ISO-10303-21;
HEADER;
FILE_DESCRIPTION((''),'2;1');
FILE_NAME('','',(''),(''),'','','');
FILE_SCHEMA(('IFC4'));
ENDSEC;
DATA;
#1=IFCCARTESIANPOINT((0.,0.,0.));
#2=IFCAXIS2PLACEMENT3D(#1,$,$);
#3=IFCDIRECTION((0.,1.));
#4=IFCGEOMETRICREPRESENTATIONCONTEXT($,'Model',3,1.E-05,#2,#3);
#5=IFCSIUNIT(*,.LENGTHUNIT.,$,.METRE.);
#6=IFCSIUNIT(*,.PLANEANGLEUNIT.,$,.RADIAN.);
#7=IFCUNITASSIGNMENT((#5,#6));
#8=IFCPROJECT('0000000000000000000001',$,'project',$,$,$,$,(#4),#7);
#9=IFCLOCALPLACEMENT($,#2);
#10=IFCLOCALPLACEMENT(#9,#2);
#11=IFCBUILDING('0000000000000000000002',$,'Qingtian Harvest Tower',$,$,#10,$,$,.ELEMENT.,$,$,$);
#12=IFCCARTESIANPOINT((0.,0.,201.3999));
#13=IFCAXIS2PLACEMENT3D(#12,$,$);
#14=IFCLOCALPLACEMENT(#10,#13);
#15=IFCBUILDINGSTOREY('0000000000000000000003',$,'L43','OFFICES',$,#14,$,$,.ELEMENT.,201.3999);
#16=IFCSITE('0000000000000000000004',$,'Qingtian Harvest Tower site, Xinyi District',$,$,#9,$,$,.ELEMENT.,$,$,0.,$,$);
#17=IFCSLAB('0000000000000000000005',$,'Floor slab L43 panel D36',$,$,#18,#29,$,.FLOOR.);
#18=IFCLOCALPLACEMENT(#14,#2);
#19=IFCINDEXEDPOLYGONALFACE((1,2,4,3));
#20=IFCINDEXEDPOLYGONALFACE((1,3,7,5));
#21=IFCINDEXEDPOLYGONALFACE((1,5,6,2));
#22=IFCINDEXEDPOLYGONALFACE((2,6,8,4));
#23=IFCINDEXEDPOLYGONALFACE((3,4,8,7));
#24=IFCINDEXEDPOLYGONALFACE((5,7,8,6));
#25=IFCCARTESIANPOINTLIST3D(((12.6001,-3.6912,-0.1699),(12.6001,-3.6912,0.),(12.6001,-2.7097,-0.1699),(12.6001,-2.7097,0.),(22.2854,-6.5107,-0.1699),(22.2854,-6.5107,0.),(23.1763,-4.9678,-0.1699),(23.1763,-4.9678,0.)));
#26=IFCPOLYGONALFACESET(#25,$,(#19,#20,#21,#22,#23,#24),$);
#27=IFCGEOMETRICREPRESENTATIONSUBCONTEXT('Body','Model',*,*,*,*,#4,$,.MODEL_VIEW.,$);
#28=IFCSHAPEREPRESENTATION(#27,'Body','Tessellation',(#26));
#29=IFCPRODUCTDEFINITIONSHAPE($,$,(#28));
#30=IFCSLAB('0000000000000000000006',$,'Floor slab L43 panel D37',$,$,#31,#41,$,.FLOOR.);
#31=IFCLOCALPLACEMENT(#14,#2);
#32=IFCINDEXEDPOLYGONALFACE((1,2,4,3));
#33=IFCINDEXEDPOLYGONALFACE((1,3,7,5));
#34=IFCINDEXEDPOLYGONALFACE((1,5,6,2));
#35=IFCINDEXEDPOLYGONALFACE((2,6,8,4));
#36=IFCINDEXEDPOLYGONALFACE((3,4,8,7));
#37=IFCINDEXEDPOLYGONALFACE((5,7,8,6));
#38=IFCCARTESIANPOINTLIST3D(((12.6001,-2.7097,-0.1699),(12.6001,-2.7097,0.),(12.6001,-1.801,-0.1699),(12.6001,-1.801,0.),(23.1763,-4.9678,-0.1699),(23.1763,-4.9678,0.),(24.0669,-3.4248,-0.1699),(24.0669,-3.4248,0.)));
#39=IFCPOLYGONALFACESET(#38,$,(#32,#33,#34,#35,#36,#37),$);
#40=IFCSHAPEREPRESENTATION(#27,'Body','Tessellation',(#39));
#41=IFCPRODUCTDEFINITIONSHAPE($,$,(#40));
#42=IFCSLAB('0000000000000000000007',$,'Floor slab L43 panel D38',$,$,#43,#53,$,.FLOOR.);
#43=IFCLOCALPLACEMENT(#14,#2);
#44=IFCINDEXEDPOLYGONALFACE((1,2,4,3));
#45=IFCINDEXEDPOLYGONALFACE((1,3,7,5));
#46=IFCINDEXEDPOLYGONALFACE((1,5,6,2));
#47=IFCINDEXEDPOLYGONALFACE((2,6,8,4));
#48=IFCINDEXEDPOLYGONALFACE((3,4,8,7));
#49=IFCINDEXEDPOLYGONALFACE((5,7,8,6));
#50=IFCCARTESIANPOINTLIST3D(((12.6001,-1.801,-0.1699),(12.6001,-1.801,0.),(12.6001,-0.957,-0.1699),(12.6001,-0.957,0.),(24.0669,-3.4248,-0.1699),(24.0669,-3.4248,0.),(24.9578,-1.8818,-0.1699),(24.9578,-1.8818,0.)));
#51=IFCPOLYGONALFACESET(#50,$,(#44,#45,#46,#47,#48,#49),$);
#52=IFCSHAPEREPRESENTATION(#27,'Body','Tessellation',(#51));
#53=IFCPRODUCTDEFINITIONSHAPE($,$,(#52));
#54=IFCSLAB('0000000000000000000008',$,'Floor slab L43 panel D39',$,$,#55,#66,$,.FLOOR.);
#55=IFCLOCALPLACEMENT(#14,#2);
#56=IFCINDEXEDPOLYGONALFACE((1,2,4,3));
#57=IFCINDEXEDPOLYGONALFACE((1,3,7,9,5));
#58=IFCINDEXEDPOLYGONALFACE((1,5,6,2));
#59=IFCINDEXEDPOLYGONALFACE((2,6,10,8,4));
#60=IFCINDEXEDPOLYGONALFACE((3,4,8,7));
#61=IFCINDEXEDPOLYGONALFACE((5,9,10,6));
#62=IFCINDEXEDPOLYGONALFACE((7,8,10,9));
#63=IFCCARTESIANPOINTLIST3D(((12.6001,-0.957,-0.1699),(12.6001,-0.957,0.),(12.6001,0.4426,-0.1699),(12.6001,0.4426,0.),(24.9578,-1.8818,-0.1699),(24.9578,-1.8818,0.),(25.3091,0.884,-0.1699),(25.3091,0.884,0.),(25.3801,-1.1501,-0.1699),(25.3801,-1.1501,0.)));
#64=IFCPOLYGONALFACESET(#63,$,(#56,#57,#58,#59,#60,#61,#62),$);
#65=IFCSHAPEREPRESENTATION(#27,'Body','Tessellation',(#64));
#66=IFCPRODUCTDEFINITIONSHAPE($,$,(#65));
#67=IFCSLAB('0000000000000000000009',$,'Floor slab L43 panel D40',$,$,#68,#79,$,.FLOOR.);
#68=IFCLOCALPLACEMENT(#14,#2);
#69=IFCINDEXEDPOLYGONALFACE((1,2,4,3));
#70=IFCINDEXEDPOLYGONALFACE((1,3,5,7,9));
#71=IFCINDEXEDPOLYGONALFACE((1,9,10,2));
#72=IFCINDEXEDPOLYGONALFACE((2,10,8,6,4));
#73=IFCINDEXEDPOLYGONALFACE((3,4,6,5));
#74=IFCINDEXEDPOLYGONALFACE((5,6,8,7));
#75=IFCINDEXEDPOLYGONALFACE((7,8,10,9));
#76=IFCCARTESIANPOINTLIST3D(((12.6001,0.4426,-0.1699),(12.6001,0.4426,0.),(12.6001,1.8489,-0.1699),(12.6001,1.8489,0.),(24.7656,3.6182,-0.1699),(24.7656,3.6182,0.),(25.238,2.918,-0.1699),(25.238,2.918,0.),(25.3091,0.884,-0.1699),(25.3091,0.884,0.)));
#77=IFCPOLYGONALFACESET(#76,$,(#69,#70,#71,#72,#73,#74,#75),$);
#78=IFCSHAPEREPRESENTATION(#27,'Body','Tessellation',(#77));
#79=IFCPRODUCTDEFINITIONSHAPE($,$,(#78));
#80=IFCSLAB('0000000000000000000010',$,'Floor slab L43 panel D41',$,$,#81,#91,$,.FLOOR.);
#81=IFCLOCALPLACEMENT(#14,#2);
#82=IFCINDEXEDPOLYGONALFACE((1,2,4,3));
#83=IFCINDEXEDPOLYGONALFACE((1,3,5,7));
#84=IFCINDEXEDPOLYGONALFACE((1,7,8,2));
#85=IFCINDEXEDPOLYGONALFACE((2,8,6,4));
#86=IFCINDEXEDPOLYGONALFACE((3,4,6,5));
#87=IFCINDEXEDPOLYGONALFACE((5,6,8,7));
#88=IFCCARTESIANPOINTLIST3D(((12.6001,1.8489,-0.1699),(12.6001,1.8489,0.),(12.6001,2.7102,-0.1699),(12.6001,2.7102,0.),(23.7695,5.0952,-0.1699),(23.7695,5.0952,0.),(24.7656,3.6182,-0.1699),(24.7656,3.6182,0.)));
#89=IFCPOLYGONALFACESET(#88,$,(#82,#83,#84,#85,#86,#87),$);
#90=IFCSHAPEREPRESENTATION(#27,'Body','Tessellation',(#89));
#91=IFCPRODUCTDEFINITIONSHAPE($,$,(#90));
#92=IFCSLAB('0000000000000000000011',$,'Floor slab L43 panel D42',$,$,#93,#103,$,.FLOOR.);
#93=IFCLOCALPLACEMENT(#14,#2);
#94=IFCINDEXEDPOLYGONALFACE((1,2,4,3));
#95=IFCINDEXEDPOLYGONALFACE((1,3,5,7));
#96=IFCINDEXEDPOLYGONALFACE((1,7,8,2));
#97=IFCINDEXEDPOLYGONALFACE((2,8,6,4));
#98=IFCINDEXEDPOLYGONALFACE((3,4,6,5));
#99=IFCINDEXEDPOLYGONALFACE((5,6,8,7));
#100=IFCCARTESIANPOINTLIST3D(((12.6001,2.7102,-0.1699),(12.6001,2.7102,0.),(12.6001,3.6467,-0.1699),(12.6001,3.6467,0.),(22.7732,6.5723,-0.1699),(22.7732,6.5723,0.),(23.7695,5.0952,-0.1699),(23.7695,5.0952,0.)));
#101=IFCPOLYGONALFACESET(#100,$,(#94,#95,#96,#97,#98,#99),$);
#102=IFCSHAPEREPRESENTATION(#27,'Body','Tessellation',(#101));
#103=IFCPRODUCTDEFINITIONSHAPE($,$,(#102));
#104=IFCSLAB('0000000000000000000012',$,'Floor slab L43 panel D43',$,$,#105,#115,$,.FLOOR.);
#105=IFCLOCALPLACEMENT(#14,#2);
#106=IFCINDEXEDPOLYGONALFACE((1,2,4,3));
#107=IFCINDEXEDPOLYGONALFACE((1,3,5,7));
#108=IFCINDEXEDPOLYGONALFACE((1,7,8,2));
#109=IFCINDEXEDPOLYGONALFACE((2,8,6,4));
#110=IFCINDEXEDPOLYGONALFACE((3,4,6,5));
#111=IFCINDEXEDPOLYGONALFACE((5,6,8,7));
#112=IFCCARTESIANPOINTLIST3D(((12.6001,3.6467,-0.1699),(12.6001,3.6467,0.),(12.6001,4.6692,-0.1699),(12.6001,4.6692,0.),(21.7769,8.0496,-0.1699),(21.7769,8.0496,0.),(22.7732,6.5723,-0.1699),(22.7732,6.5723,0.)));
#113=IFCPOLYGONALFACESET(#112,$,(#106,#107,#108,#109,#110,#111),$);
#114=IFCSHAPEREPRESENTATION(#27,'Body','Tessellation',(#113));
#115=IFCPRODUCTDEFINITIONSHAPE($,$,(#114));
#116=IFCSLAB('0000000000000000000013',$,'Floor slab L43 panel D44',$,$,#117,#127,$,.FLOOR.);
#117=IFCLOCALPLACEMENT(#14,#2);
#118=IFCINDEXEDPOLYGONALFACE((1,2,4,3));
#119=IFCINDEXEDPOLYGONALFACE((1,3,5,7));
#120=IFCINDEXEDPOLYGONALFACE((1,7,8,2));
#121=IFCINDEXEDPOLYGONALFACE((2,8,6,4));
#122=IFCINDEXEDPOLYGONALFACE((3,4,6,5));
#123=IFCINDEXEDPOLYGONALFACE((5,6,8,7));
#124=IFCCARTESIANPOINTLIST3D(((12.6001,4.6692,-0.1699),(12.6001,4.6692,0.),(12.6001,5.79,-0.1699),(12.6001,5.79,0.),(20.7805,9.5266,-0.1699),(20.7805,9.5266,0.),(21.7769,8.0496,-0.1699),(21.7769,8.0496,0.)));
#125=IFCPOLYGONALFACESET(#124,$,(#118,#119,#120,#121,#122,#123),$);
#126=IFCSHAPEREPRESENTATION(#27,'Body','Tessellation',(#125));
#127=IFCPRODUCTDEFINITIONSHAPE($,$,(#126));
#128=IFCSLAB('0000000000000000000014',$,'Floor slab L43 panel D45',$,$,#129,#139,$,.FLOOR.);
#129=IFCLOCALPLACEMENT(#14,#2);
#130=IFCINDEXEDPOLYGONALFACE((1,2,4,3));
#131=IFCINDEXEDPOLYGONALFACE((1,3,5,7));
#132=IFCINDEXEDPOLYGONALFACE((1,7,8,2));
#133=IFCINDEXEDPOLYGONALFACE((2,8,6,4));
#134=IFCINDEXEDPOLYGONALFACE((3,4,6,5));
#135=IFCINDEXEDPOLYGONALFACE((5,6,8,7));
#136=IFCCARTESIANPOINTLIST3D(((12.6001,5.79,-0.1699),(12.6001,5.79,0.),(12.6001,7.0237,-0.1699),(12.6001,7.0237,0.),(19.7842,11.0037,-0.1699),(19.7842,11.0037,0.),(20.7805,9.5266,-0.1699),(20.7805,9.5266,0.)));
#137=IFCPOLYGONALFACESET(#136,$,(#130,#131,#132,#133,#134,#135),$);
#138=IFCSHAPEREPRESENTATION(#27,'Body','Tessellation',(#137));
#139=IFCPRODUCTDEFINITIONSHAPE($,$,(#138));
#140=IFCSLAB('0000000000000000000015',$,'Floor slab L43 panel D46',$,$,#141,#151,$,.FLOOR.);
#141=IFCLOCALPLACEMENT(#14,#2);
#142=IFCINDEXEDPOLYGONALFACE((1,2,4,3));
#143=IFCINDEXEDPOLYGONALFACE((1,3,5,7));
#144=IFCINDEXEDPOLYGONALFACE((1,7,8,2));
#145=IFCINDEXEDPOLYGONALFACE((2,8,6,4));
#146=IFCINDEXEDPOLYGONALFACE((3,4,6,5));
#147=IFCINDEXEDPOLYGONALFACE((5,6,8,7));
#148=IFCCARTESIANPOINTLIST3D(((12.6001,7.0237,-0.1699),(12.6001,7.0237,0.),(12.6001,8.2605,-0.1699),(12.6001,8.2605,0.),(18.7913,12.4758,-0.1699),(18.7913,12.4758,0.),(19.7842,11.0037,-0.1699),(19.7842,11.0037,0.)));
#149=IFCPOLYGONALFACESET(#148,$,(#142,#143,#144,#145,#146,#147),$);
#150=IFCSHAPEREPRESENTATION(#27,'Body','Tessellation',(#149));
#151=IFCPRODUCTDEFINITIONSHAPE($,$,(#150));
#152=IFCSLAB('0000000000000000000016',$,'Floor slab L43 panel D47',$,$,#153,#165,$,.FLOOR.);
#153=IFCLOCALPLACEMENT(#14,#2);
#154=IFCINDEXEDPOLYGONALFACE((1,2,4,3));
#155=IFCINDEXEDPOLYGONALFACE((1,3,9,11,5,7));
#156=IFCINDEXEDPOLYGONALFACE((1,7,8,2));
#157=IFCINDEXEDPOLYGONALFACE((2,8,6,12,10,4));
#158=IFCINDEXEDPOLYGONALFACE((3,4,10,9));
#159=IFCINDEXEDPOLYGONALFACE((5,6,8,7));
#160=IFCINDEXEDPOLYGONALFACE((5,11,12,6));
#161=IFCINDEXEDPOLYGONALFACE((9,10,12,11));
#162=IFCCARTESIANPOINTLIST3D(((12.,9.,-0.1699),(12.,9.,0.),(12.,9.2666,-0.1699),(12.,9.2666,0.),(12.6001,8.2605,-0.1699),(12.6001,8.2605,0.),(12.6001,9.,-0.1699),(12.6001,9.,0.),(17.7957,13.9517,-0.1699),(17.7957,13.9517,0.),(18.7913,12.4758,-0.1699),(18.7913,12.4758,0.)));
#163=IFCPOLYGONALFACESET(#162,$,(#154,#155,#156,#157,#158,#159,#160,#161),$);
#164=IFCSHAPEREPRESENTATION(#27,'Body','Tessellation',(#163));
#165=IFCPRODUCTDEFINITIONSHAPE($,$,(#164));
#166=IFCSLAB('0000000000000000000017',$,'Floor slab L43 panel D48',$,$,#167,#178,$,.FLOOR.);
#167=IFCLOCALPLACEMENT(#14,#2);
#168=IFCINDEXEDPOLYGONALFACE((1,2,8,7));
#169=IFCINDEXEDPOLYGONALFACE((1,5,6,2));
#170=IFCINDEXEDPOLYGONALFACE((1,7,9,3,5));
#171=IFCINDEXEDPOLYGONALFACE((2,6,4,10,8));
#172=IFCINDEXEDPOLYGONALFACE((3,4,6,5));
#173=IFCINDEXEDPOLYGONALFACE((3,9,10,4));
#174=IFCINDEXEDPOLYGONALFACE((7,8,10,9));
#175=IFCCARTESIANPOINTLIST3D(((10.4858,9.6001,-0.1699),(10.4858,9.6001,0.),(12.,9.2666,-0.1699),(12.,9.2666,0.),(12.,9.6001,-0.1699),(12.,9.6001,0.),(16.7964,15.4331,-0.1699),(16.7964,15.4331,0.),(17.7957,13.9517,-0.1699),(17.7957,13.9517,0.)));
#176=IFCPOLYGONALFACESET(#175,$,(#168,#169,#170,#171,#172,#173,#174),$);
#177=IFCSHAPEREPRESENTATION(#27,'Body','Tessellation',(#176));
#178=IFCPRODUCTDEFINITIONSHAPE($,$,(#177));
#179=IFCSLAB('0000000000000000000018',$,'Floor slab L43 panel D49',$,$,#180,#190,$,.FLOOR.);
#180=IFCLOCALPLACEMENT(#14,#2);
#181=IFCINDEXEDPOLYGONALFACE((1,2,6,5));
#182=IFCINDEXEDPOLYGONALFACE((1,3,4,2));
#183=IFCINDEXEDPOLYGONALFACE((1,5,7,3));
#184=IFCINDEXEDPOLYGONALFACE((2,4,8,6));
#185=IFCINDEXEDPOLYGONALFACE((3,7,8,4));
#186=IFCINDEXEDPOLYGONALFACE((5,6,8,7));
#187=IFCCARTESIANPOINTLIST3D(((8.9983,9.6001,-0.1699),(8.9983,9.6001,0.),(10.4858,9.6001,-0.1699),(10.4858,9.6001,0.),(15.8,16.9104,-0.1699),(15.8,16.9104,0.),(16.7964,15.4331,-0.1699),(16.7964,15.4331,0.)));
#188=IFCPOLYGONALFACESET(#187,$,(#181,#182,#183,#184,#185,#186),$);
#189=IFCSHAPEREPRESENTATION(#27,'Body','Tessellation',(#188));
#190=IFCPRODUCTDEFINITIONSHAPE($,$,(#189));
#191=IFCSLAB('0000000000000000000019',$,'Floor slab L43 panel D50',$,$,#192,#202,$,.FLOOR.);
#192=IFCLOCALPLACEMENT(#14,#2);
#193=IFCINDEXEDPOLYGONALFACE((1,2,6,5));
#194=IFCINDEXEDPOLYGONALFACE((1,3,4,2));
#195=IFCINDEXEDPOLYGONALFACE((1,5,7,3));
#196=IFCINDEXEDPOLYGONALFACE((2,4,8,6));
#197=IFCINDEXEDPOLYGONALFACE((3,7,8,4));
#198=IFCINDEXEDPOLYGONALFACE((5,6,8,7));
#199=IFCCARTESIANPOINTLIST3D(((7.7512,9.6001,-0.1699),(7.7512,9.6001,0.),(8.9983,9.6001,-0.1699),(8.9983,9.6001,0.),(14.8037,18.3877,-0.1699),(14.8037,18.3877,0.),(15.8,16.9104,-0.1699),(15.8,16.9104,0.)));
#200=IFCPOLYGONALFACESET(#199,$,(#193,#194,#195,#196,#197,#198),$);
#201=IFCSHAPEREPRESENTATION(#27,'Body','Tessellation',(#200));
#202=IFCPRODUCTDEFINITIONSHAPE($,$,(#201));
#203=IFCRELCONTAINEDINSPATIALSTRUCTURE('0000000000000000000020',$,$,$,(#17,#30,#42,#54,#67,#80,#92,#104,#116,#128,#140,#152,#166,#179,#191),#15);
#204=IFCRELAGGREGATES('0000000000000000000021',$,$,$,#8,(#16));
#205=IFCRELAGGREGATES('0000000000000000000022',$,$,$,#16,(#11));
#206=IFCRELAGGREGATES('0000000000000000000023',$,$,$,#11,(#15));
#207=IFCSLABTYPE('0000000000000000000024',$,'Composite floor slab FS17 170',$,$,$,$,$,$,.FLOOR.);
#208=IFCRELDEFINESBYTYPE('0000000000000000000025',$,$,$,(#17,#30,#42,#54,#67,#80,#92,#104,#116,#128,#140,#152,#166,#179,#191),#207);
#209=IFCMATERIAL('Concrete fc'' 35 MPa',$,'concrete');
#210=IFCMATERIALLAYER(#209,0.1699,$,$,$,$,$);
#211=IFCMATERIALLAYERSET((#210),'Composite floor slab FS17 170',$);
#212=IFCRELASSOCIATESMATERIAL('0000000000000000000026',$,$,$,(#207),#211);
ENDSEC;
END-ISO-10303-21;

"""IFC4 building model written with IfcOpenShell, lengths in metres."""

from ifc_helpers import new_model, si_unit, direction, frame, origin, place, context, subcontext, project, spatial, polyline, outline, extrude, material, layer, layer_set, type_object, element, save


model = new_model("IFC4")

# Units and contexts
model_context = context("Model", 3, precision=1e-05, world=origin(), true_north=direction((0.0, 1.0)))
body_context = subcontext(model_context, "Body", "Model", "MODEL_VIEW")
ifc_project = project(units=[si_unit("LENGTHUNIT", "METRE"), si_unit("PLANEANGLEUNIT", "RADIAN")], contexts=[model_context])

# Site, building, storey
site_placement = place(None, origin())
site = spatial("IfcSite", under=ifc_project, at=site_placement, Name="Qingtian Harvest Tower site, Xinyi District", CompositionType="ELEMENT", RefElevation=0.0)
building_placement = place(site_placement, origin())
building = spatial("IfcBuilding", under=site, at=building_placement, Name="Qingtian Harvest Tower", CompositionType="ELEMENT")
storey_placement = place(building_placement, frame((0.0, 0.0, 201.3999)))
storey = spatial("IfcBuildingStorey", under=building, at=storey_placement, Name="L43", Description="OFFICES", CompositionType="ELEMENT", Elevation=201.3999)

# Slabs
ifc_material_1 = material(Name="Concrete fc' 35 MPa", Category="concrete")
ifc_layer_1 = layer(ifc_material_1, 0.1699)
ifc_layer_set_1 = layer_set([ifc_layer_1], Name="Composite floor slab FS17 170")
slab_type = type_object("IfcSlabType", Name="Composite floor slab FS17 170", PredefinedType="FLOOR", material=ifc_layer_set_1)
slab_1_placement = place(storey_placement, frame((0.0, 0.0, -0.1699)))
element("IfcSlab", 1, at=slab_1_placement, inside=storey, type_object=slab_type, Name="Floor slab L43 panel D36", PredefinedType="FLOOR", context=body_context, shape_type="SweptSolid", body=[
    extrude(outline(polyline([(12.6001, -2.7097), (23.1763, -4.9678), (22.2854, -6.5107), (12.6001, -3.6912), (12.6001, -2.7097)])), origin(), (0.0, 0.0, 1.0), 0.1699),
])
slab_2_placement = place(storey_placement, frame((0.0, 0.0, -0.1699)))
element("IfcSlab", 2, at=slab_2_placement, inside=storey, type_object=slab_type, Name="Floor slab L43 panel D37", PredefinedType="FLOOR", context=body_context, shape_type="SweptSolid", body=[
    extrude(outline(polyline([(12.6001, -1.801), (24.0669, -3.4248), (23.1763, -4.9678), (12.6001, -2.7097), (12.6001, -1.801)])), origin(), (0.0, 0.0, 1.0), 0.1699),
])
slab_3_placement = place(storey_placement, frame((0.0, 0.0, -0.1699)))
element("IfcSlab", 3, at=slab_3_placement, inside=storey, type_object=slab_type, Name="Floor slab L43 panel D38", PredefinedType="FLOOR", context=body_context, shape_type="SweptSolid", body=[
    extrude(outline(polyline([(12.6001, -0.957), (24.9578, -1.8818), (24.0669, -3.4248), (12.6001, -1.801), (12.6001, -0.957)])), origin(), (0.0, 0.0, 1.0), 0.1699),
])
slab_4_placement = place(storey_placement, frame((0.0, 0.0, -0.1699)))
element("IfcSlab", 4, at=slab_4_placement, inside=storey, type_object=slab_type, Name="Floor slab L43 panel D39", PredefinedType="FLOOR", context=body_context, shape_type="SweptSolid", body=[
    extrude(outline(polyline([(12.6001, -0.957), (12.6001, 0.4426), (25.3091, 0.884), (25.3801, -1.1501), (24.9578, -1.8818), (12.6001, -0.957)])), origin(), (0.0, 0.0, 1.0), 0.1699),
])
slab_5_placement = place(storey_placement, frame((0.0, 0.0, -0.1699)))
element("IfcSlab", 5, at=slab_5_placement, inside=storey, type_object=slab_type, Name="Floor slab L43 panel D40", PredefinedType="FLOOR", context=body_context, shape_type="SweptSolid", body=[
    extrude(outline(polyline([(12.6001, 0.4426), (12.6001, 1.8489), (24.7656, 3.6182), (25.238, 2.918), (25.3091, 0.884), (12.6001, 0.4426)])), origin(), (0.0, 0.0, 1.0), 0.1699),
])
slab_6_placement = place(storey_placement, frame((0.0, 0.0, -0.1699)))
element("IfcSlab", 6, at=slab_6_placement, inside=storey, type_object=slab_type, Name="Floor slab L43 panel D41", PredefinedType="FLOOR", context=body_context, shape_type="SweptSolid", body=[
    extrude(outline(polyline([(12.6001, 2.7102), (23.7695, 5.0952), (24.7656, 3.6182), (12.6001, 1.8489), (12.6001, 2.7102)])), origin(), (0.0, 0.0, 1.0), 0.1699),
])
slab_7_placement = place(storey_placement, frame((0.0, 0.0, -0.1699)))
element("IfcSlab", 7, at=slab_7_placement, inside=storey, type_object=slab_type, Name="Floor slab L43 panel D42", PredefinedType="FLOOR", context=body_context, shape_type="SweptSolid", body=[
    extrude(outline(polyline([(12.6001, 3.6467), (22.7732, 6.5723), (23.7695, 5.0952), (12.6001, 2.7102), (12.6001, 3.6467)])), origin(), (0.0, 0.0, 1.0), 0.1699),
])
slab_8_placement = place(storey_placement, frame((0.0, 0.0, -0.1699)))
element("IfcSlab", 8, at=slab_8_placement, inside=storey, type_object=slab_type, Name="Floor slab L43 panel D43", PredefinedType="FLOOR", context=body_context, shape_type="SweptSolid", body=[
    extrude(outline(polyline([(12.6001, 4.6692), (21.7769, 8.0496), (22.7732, 6.5723), (12.6001, 3.6467), (12.6001, 4.6692)])), origin(), (0.0, 0.0, 1.0), 0.1699),
])
slab_9_placement = place(storey_placement, frame((0.0, 0.0, -0.1699)))
element("IfcSlab", 9, at=slab_9_placement, inside=storey, type_object=slab_type, Name="Floor slab L43 panel D44", PredefinedType="FLOOR", context=body_context, shape_type="SweptSolid", body=[
    extrude(outline(polyline([(12.6001, 5.79), (20.7805, 9.5266), (21.7769, 8.0496), (12.6001, 4.6692), (12.6001, 5.79)])), origin(), (0.0, 0.0, 1.0), 0.1699),
])
slab_10_placement = place(storey_placement, frame((0.0, 0.0, -0.1699)))
element("IfcSlab", 10, at=slab_10_placement, inside=storey, type_object=slab_type, Name="Floor slab L43 panel D45", PredefinedType="FLOOR", context=body_context, shape_type="SweptSolid", body=[
    extrude(outline(polyline([(12.6001, 7.0237), (19.7842, 11.0037), (20.7805, 9.5266), (12.6001, 5.79), (12.6001, 7.0237)])), origin(), (0.0, 0.0, 1.0), 0.1699),
])
slab_11_placement = place(storey_placement, frame((0.0, 0.0, -0.1699)))
element("IfcSlab", 11, at=slab_11_placement, inside=storey, type_object=slab_type, Name="Floor slab L43 panel D46", PredefinedType="FLOOR", context=body_context, shape_type="SweptSolid", body=[
    extrude(outline(polyline([(12.6001, 8.2605), (18.7913, 12.4758), (19.7842, 11.0037), (12.6001, 7.0237), (12.6001, 8.2605)])), origin(), (0.0, 0.0, 1.0), 0.1699),
])
slab_12_placement = place(storey_placement, frame((0.0, 0.0, -0.1699)))
element("IfcSlab", 12, at=slab_12_placement, inside=storey, type_object=slab_type, Name="Floor slab L43 panel D47", PredefinedType="FLOOR", context=body_context, shape_type="SweptSolid", body=[
    extrude(outline(polyline([(12.6001, 9.0), (12.0, 9.0), (12.0, 9.2666), (17.7957, 13.9517), (18.7913, 12.4758), (12.6001, 8.2605), (12.6001, 9.0)])), origin(), (0.0, 0.0, 1.0), 0.1699),
])
slab_13_placement = place(storey_placement, frame((0.0, 0.0, -0.1699)))
element("IfcSlab", 13, at=slab_13_placement, inside=storey, type_object=slab_type, Name="Floor slab L43 panel D48", PredefinedType="FLOOR", context=body_context, shape_type="SweptSolid", body=[
    extrude(outline(polyline([(12.0, 9.6001), (10.4858, 9.6001), (16.7964, 15.4331), (17.7957, 13.9517), (12.0, 9.2666), (12.0, 9.6001)])), origin(), (0.0, 0.0, 1.0), 0.1699),
])
slab_14_placement = place(storey_placement, frame((0.0, 0.0, -0.1699)))
element("IfcSlab", 14, at=slab_14_placement, inside=storey, type_object=slab_type, Name="Floor slab L43 panel D49", PredefinedType="FLOOR", context=body_context, shape_type="SweptSolid", body=[
    extrude(outline(polyline([(8.9983, 9.6001), (15.8, 16.9104), (16.7964, 15.4331), (10.4858, 9.6001), (8.9983, 9.6001)])), origin(), (0.0, 0.0, 1.0), 0.1699),
])
slab_15_placement = place(storey_placement, frame((0.0, 0.0, -0.1699)))
element("IfcSlab", 15, at=slab_15_placement, inside=storey, type_object=slab_type, Name="Floor slab L43 panel D50", PredefinedType="FLOOR", context=body_context, shape_type="SweptSolid", body=[
    extrude(outline(polyline([(7.7512, 9.6001), (14.8037, 18.3877), (15.8, 16.9104), (8.9983, 9.6001), (7.7512, 9.6001)])), origin(), (0.0, 0.0, 1.0), 0.1699),
])

save(model, "model.ifc")
